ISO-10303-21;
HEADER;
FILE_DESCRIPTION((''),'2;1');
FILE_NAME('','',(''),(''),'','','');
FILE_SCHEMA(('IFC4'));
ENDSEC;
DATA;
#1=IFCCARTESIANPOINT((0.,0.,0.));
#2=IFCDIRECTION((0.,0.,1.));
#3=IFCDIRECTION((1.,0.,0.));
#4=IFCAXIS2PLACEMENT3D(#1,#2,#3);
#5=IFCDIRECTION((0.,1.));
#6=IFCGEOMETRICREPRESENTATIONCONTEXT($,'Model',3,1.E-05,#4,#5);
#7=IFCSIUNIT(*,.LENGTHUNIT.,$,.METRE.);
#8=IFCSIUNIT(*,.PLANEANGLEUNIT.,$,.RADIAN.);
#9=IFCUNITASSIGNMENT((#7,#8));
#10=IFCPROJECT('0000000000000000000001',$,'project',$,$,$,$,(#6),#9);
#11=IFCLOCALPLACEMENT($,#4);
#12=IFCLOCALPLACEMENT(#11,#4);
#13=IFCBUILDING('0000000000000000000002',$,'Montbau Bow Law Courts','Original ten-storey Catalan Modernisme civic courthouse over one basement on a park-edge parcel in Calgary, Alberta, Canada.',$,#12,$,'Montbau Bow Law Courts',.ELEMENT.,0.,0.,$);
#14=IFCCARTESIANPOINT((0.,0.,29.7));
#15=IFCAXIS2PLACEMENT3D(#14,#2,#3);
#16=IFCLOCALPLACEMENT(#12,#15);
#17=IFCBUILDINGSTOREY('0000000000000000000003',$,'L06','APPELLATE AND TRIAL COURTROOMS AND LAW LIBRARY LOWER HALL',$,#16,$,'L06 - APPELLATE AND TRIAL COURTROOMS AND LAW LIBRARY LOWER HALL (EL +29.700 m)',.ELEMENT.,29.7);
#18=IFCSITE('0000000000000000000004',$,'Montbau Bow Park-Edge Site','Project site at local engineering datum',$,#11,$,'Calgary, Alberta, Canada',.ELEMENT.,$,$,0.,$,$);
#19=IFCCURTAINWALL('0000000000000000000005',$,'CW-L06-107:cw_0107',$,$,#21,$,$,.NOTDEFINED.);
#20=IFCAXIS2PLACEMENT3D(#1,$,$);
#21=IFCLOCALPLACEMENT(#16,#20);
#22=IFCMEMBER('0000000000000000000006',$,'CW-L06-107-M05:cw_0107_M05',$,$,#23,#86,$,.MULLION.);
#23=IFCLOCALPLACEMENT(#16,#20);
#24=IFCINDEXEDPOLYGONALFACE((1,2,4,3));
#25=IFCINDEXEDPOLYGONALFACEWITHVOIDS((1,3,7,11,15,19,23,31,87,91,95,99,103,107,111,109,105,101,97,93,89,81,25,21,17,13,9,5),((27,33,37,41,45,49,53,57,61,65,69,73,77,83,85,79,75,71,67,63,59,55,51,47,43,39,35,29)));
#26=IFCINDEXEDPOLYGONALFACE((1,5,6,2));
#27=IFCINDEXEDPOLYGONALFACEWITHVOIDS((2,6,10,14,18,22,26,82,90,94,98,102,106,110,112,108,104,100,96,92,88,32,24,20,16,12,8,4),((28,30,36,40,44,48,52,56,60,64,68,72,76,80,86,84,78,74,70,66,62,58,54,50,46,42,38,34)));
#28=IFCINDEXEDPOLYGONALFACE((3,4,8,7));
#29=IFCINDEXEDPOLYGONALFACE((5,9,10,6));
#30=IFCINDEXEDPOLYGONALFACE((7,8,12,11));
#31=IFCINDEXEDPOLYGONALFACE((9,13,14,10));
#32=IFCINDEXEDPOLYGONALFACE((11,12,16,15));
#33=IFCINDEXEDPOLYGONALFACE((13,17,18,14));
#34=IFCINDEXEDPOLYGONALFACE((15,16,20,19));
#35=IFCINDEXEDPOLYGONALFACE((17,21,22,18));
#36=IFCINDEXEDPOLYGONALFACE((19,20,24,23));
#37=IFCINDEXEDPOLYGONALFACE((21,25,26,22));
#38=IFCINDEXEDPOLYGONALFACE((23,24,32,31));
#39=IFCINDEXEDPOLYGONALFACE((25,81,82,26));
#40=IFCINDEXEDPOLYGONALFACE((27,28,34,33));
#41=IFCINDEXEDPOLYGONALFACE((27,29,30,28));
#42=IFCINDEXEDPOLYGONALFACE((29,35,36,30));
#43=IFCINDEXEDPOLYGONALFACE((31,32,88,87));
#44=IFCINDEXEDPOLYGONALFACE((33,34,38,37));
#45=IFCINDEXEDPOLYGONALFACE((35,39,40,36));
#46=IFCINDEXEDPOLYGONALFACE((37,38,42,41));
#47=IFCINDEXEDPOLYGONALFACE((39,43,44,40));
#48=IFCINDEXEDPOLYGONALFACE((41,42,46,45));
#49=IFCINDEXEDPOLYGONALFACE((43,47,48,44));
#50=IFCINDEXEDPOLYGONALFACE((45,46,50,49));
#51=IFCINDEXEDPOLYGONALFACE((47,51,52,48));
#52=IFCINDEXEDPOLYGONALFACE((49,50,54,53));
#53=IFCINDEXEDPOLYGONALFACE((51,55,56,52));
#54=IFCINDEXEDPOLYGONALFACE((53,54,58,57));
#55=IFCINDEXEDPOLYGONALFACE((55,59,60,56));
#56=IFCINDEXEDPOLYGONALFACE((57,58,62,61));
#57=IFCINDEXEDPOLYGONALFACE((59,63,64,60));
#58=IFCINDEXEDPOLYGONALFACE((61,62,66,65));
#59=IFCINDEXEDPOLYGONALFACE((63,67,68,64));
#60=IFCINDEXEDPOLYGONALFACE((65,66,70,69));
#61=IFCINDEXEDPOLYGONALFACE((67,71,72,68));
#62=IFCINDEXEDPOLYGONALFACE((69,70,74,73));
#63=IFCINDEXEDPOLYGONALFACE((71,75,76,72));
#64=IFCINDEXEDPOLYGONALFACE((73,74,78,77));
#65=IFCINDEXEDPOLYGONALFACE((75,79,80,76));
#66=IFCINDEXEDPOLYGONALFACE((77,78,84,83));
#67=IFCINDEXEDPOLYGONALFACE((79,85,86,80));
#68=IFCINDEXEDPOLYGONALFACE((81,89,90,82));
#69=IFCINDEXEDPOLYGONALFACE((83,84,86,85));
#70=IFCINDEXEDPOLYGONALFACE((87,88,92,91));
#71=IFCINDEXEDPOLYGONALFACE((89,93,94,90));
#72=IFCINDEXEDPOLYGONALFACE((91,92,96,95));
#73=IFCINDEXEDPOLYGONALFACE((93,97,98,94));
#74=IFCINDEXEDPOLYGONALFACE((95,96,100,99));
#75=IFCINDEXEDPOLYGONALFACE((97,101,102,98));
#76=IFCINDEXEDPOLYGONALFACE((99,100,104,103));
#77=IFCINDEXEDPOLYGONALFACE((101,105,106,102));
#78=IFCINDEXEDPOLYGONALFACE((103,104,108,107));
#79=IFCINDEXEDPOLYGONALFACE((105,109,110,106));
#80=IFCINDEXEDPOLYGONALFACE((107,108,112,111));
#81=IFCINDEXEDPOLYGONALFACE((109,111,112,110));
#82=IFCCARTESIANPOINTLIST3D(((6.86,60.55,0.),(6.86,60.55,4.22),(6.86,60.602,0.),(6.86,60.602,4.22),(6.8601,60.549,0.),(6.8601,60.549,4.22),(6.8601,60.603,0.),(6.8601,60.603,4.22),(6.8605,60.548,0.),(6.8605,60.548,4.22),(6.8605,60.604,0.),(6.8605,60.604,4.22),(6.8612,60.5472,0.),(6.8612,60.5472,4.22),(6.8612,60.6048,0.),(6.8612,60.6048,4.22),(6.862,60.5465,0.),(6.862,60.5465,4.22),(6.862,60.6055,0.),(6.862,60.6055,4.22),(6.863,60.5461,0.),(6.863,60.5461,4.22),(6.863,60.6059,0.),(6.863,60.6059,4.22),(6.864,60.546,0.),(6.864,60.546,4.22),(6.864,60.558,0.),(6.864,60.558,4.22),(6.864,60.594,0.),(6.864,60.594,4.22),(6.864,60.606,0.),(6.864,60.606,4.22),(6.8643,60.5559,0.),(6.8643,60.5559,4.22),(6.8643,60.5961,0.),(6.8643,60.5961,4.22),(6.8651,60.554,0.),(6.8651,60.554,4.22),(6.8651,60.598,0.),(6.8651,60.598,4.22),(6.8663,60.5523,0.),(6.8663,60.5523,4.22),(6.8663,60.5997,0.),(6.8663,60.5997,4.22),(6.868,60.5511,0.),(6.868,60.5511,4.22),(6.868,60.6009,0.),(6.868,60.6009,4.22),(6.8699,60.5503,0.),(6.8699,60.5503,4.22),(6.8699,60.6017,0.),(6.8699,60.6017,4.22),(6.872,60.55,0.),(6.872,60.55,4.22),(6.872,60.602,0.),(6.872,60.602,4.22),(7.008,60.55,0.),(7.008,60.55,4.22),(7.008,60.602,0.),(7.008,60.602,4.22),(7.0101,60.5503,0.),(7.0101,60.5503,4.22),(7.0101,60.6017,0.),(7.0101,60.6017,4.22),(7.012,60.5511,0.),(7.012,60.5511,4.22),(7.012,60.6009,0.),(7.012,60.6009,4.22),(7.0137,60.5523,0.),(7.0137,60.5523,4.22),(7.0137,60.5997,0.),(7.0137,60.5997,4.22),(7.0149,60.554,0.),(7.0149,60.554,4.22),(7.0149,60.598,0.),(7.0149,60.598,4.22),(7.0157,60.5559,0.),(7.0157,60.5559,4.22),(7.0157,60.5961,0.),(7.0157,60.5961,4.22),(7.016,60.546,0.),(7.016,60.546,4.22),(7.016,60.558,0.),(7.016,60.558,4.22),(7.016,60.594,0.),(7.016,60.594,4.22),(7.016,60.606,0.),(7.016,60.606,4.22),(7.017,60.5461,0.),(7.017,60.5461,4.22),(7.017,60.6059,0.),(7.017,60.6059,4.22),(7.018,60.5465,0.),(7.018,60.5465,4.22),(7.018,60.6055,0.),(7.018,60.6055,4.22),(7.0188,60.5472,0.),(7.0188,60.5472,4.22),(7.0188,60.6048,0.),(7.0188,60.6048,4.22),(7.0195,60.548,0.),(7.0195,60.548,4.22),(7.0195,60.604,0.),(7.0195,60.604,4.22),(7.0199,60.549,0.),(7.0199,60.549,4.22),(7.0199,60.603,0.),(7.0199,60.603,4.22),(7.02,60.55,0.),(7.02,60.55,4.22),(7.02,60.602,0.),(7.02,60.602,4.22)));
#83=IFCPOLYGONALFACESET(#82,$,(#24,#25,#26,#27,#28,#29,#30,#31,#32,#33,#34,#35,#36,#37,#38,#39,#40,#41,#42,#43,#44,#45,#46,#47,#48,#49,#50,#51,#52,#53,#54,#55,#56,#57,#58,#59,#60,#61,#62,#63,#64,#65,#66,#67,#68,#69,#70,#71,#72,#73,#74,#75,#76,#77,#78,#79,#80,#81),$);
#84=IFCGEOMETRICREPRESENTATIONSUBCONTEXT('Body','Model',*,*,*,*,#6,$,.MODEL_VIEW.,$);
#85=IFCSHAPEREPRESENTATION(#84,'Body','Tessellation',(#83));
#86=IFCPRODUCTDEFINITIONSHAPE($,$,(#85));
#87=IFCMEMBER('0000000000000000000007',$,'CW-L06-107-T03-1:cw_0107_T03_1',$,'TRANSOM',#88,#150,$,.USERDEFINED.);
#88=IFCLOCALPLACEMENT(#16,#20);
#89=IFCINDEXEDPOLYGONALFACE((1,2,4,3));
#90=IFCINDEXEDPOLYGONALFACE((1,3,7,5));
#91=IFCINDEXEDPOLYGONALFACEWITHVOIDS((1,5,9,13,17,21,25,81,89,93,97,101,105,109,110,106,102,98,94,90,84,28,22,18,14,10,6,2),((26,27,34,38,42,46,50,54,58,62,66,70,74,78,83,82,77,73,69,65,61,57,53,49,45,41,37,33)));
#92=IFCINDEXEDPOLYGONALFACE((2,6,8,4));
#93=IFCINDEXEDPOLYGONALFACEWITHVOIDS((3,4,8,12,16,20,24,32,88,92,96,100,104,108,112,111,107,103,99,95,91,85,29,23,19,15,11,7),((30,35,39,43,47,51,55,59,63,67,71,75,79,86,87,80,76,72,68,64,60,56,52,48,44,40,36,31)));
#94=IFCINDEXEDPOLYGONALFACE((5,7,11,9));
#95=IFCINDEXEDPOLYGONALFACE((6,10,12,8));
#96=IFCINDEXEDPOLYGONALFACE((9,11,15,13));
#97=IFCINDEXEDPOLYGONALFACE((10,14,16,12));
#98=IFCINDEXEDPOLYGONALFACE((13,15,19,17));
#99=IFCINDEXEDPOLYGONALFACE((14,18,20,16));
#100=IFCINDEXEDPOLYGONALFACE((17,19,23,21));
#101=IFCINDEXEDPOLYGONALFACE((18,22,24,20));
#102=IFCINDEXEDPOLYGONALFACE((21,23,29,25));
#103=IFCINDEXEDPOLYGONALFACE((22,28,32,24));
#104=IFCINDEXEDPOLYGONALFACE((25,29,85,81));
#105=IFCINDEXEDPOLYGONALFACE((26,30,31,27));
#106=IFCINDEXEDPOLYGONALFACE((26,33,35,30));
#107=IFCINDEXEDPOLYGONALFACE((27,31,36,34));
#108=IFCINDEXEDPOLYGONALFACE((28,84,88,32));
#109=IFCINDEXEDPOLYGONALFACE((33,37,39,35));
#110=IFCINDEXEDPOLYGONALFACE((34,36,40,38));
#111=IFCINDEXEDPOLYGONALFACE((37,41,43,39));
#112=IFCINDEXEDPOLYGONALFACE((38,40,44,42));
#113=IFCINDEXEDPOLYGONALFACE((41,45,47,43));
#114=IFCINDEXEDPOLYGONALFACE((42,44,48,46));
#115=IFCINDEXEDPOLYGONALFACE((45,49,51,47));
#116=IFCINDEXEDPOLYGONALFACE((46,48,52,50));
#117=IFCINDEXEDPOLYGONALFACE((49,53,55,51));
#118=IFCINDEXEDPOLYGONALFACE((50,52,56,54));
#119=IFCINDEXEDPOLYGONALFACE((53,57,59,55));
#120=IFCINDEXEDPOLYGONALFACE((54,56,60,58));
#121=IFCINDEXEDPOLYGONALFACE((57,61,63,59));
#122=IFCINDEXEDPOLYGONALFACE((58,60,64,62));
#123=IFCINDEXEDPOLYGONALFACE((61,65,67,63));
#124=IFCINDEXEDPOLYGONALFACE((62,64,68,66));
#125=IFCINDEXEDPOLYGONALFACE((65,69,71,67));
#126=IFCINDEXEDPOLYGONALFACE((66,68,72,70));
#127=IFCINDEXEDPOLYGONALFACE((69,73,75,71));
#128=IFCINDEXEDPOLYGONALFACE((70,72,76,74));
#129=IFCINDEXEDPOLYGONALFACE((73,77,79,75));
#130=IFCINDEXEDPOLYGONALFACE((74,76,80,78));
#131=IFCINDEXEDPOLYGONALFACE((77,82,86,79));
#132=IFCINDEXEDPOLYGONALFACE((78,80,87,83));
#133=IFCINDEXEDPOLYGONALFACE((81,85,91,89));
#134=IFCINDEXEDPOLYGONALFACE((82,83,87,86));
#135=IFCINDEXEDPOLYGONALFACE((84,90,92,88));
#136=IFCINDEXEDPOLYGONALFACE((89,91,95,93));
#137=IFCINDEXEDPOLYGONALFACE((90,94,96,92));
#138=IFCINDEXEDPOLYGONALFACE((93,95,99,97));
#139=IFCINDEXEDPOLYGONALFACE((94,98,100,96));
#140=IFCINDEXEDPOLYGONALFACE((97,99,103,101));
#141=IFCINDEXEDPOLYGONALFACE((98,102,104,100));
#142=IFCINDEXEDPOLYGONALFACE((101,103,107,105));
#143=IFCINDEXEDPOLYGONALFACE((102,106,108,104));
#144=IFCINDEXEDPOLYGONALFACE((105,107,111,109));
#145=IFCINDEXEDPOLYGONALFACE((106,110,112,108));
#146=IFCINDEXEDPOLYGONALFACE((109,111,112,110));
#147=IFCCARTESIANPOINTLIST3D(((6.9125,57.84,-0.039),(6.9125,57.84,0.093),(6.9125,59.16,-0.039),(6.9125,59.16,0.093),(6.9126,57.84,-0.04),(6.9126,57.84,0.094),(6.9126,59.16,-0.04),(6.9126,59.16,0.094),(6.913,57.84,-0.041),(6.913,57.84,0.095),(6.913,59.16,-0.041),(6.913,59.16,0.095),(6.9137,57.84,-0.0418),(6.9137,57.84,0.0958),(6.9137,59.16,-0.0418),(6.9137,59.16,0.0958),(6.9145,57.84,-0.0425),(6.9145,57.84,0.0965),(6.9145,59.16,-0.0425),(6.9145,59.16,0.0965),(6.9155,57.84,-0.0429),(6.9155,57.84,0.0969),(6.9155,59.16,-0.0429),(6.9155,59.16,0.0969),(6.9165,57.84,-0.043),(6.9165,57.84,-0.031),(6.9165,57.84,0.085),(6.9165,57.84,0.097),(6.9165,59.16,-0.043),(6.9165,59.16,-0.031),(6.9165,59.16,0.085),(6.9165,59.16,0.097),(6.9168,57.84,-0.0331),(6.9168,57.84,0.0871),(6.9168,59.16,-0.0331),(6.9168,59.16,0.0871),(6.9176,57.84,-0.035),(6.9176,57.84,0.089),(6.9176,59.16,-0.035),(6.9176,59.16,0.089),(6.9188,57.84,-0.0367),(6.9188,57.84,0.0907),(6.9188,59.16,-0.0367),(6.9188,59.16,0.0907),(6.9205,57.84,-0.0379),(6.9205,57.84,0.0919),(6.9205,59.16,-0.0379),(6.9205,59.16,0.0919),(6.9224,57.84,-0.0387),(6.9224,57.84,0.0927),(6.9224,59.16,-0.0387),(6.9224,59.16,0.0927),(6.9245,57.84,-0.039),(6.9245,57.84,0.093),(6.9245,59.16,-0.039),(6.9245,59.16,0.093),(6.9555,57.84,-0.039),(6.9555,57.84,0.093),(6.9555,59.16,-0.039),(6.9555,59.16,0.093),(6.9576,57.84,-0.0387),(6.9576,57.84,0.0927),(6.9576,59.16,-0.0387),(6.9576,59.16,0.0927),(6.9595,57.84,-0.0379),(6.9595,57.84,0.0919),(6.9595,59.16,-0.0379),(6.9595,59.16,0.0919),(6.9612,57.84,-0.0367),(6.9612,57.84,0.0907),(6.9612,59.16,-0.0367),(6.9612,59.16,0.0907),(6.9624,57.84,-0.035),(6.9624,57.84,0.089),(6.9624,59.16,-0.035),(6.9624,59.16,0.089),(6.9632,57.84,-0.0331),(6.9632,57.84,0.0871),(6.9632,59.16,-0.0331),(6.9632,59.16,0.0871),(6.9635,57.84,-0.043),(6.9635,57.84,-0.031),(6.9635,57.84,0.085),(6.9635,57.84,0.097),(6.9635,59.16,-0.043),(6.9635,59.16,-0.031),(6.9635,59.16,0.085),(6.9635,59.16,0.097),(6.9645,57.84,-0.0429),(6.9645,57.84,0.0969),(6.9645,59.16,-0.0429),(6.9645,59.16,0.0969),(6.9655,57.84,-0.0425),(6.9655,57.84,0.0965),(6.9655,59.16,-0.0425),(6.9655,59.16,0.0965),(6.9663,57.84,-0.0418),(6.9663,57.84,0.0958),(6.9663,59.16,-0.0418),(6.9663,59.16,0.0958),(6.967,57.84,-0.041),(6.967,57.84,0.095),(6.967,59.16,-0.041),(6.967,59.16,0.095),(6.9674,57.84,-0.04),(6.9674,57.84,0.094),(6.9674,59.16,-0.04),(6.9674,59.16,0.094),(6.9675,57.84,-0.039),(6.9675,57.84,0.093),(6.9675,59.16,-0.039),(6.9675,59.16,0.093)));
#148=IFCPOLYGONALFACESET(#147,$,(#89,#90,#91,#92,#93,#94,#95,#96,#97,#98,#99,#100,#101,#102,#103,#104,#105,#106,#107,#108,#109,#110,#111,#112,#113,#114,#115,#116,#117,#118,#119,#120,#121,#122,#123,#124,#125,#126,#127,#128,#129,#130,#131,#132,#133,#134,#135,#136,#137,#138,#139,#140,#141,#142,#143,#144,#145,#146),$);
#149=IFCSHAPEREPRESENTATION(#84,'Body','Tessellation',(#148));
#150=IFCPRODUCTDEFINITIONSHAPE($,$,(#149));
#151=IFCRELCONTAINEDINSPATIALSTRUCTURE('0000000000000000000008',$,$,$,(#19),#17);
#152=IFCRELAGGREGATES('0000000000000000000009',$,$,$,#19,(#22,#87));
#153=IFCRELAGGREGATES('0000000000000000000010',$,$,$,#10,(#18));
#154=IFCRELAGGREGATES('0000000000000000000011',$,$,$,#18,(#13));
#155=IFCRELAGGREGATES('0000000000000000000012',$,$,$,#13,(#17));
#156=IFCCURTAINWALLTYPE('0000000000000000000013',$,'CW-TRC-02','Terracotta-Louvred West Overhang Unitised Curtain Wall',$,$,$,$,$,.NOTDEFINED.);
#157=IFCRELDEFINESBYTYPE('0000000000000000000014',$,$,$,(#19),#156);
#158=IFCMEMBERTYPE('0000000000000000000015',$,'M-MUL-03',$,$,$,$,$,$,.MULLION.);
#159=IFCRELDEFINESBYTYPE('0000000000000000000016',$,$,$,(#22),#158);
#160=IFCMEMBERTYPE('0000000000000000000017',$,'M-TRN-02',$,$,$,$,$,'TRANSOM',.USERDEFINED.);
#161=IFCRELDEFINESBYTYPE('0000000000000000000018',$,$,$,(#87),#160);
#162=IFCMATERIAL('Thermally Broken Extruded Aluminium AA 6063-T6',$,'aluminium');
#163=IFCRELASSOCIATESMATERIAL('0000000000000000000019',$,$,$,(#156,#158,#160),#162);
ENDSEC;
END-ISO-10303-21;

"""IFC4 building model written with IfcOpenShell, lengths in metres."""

from ifc_helpers import new_model, si_unit, direction, frame, origin_with_axes, origin_2d_with_axis, place, context, subcontext, project, spatial, hollow_rectangle, extrude, material, material_profile, profile_set, type_object, element, aggregate, save


model = new_model("IFC4")

# Units and contexts
model_context = context("Model", 3, precision=1e-05, world=origin_with_axes(), true_north=direction((0.0, 1.0)))
body_context = subcontext(model_context, "Body", "Model", "MODEL_VIEW")
ifc_project = project(units=[si_unit("LENGTHUNIT", "METRE"), si_unit("PLANEANGLEUNIT", "RADIAN")], contexts=[model_context])

# Site, building, storey
site_placement = place(None, origin_with_axes())
site = spatial("IfcSite", under=ifc_project, at=site_placement, Name="Montbau Bow Park-Edge Site", Description="Project site at local engineering datum", LongName="Calgary, Alberta, Canada", CompositionType="ELEMENT", RefElevation=0.0)
building_placement = place(site_placement, origin_with_axes())
building = spatial("IfcBuilding", under=site, at=building_placement, Name="Montbau Bow Law Courts", Description="Original ten-storey Catalan Modernisme civic courthouse over one basement on a park-edge parcel in Calgary, Alberta, Canada.", LongName="Montbau Bow Law Courts", CompositionType="ELEMENT", ElevationOfRefHeight=0.0, ElevationOfTerrain=0.0)
storey_placement = place(building_placement, frame((0.0, 0.0, 29.7), z_axis=(0.0, 0.0, 1.0), x_axis=(1.0, 0.0, 0.0)))
storey = spatial("IfcBuildingStorey", under=building, at=storey_placement, Name="L06", Description="APPELLATE AND TRIAL COURTROOMS AND LAW LIBRARY LOWER HALL", LongName="L06 - APPELLATE AND TRIAL COURTROOMS AND LAW LIBRARY LOWER HALL (EL +29.700 m)", CompositionType="ELEMENT", Elevation=29.7)

# Curtain wall, members
ifc_material_1 = material(Name="Thermally Broken Extruded Aluminium AA 6063-T6", Category="aluminium")
curtain_wall_type = type_object("IfcCurtainWallType", Name="CW-TRC-02", Description="Terracotta-Louvred West Overhang Unitised Curtain Wall", PredefinedType="NOTDEFINED", material=ifc_material_1)
curtain_wall_placement = place(None, frame((6.94, 55.04, 29.7), z_axis=(0.0, 0.0, 1.0), x_axis=(1.0, 0.0, 0.0)))
curtain_wall = element("IfcCurtainWall", 1, at=curtain_wall_placement, inside=storey, type_object=curtain_wall_type, Name="CW-L06-107:cw_0107", PredefinedType="NOTDEFINED")
ifc_material_profile_1 = material_profile(ifc_material_1, hollow_rectangle(XDim=0.06, YDim=0.16, WallThickness=0.004, InnerFilletRadius=0.008, OuterFilletRadius=0.004, at=origin_2d_with_axis()), Name="CWM-160X60", Category="Main", Priority=0)
ifc_profile_set_1 = profile_set([ifc_material_profile_1], Name="Thermally Broken Extruded Aluminium AA 6063-T6")
member_type_1 = type_object("IfcMemberType", Name="M-MUL-03", PredefinedType="MULLION", material=ifc_profile_set_1)
member_1_placement = place(None, frame((6.94, 60.576, 29.7), z_axis=(0.0, 0.0, 1.0), x_axis=(0.0, 1.0, 0.0)))
member_1 = element("IfcMember", 2, at=member_1_placement, type_object=member_type_1, Name="CW-L06-107-M05:cw_0107_M05", PredefinedType="MULLION", context=body_context, shape_type="SweptSolid", body=[
    extrude(hollow_rectangle(XDim=0.06, YDim=0.16, WallThickness=0.004, InnerFilletRadius=0.008, OuterFilletRadius=0.004, at=origin_2d_with_axis()), origin_with_axes(), (0.0, 0.0, 1.0), 4.22),
])
ifc_material_profile_2 = material_profile(ifc_material_1, hollow_rectangle(XDim=0.055, YDim=0.14, WallThickness=0.004, InnerFilletRadius=0.008, OuterFilletRadius=0.004, at=origin_2d_with_axis()), Name="CWT-140X55", Category="Main", Priority=0)
ifc_profile_set_2 = profile_set([ifc_material_profile_2], Name="Thermally Broken Extruded Aluminium AA 6063-T6")
member_type_2 = type_object("IfcMemberType", Name="M-TRN-02", ElementType="TRANSOM", PredefinedType="USERDEFINED", material=ifc_profile_set_2)
member_2_placement = place(None, frame((6.94, 57.84, 29.727), z_axis=(0.0, 1.0, 0.0), x_axis=(-1.0, 0.0, 0.0)))
member_2 = element("IfcMember", 3, at=member_2_placement, type_object=member_type_2, Name="CW-L06-107-T03-1:cw_0107_T03_1", ObjectType="TRANSOM", PredefinedType="USERDEFINED", context=body_context, shape_type="SweptSolid", body=[
    extrude(hollow_rectangle(XDim=0.055, YDim=0.14, WallThickness=0.004, InnerFilletRadius=0.008, OuterFilletRadius=0.004, at=origin_2d_with_axis()), origin_with_axes(), (0.0, 0.0, 1.0), 1.32),
])
aggregate(curtain_wall, [member_1, member_2])

save(model, "model.ifc")
